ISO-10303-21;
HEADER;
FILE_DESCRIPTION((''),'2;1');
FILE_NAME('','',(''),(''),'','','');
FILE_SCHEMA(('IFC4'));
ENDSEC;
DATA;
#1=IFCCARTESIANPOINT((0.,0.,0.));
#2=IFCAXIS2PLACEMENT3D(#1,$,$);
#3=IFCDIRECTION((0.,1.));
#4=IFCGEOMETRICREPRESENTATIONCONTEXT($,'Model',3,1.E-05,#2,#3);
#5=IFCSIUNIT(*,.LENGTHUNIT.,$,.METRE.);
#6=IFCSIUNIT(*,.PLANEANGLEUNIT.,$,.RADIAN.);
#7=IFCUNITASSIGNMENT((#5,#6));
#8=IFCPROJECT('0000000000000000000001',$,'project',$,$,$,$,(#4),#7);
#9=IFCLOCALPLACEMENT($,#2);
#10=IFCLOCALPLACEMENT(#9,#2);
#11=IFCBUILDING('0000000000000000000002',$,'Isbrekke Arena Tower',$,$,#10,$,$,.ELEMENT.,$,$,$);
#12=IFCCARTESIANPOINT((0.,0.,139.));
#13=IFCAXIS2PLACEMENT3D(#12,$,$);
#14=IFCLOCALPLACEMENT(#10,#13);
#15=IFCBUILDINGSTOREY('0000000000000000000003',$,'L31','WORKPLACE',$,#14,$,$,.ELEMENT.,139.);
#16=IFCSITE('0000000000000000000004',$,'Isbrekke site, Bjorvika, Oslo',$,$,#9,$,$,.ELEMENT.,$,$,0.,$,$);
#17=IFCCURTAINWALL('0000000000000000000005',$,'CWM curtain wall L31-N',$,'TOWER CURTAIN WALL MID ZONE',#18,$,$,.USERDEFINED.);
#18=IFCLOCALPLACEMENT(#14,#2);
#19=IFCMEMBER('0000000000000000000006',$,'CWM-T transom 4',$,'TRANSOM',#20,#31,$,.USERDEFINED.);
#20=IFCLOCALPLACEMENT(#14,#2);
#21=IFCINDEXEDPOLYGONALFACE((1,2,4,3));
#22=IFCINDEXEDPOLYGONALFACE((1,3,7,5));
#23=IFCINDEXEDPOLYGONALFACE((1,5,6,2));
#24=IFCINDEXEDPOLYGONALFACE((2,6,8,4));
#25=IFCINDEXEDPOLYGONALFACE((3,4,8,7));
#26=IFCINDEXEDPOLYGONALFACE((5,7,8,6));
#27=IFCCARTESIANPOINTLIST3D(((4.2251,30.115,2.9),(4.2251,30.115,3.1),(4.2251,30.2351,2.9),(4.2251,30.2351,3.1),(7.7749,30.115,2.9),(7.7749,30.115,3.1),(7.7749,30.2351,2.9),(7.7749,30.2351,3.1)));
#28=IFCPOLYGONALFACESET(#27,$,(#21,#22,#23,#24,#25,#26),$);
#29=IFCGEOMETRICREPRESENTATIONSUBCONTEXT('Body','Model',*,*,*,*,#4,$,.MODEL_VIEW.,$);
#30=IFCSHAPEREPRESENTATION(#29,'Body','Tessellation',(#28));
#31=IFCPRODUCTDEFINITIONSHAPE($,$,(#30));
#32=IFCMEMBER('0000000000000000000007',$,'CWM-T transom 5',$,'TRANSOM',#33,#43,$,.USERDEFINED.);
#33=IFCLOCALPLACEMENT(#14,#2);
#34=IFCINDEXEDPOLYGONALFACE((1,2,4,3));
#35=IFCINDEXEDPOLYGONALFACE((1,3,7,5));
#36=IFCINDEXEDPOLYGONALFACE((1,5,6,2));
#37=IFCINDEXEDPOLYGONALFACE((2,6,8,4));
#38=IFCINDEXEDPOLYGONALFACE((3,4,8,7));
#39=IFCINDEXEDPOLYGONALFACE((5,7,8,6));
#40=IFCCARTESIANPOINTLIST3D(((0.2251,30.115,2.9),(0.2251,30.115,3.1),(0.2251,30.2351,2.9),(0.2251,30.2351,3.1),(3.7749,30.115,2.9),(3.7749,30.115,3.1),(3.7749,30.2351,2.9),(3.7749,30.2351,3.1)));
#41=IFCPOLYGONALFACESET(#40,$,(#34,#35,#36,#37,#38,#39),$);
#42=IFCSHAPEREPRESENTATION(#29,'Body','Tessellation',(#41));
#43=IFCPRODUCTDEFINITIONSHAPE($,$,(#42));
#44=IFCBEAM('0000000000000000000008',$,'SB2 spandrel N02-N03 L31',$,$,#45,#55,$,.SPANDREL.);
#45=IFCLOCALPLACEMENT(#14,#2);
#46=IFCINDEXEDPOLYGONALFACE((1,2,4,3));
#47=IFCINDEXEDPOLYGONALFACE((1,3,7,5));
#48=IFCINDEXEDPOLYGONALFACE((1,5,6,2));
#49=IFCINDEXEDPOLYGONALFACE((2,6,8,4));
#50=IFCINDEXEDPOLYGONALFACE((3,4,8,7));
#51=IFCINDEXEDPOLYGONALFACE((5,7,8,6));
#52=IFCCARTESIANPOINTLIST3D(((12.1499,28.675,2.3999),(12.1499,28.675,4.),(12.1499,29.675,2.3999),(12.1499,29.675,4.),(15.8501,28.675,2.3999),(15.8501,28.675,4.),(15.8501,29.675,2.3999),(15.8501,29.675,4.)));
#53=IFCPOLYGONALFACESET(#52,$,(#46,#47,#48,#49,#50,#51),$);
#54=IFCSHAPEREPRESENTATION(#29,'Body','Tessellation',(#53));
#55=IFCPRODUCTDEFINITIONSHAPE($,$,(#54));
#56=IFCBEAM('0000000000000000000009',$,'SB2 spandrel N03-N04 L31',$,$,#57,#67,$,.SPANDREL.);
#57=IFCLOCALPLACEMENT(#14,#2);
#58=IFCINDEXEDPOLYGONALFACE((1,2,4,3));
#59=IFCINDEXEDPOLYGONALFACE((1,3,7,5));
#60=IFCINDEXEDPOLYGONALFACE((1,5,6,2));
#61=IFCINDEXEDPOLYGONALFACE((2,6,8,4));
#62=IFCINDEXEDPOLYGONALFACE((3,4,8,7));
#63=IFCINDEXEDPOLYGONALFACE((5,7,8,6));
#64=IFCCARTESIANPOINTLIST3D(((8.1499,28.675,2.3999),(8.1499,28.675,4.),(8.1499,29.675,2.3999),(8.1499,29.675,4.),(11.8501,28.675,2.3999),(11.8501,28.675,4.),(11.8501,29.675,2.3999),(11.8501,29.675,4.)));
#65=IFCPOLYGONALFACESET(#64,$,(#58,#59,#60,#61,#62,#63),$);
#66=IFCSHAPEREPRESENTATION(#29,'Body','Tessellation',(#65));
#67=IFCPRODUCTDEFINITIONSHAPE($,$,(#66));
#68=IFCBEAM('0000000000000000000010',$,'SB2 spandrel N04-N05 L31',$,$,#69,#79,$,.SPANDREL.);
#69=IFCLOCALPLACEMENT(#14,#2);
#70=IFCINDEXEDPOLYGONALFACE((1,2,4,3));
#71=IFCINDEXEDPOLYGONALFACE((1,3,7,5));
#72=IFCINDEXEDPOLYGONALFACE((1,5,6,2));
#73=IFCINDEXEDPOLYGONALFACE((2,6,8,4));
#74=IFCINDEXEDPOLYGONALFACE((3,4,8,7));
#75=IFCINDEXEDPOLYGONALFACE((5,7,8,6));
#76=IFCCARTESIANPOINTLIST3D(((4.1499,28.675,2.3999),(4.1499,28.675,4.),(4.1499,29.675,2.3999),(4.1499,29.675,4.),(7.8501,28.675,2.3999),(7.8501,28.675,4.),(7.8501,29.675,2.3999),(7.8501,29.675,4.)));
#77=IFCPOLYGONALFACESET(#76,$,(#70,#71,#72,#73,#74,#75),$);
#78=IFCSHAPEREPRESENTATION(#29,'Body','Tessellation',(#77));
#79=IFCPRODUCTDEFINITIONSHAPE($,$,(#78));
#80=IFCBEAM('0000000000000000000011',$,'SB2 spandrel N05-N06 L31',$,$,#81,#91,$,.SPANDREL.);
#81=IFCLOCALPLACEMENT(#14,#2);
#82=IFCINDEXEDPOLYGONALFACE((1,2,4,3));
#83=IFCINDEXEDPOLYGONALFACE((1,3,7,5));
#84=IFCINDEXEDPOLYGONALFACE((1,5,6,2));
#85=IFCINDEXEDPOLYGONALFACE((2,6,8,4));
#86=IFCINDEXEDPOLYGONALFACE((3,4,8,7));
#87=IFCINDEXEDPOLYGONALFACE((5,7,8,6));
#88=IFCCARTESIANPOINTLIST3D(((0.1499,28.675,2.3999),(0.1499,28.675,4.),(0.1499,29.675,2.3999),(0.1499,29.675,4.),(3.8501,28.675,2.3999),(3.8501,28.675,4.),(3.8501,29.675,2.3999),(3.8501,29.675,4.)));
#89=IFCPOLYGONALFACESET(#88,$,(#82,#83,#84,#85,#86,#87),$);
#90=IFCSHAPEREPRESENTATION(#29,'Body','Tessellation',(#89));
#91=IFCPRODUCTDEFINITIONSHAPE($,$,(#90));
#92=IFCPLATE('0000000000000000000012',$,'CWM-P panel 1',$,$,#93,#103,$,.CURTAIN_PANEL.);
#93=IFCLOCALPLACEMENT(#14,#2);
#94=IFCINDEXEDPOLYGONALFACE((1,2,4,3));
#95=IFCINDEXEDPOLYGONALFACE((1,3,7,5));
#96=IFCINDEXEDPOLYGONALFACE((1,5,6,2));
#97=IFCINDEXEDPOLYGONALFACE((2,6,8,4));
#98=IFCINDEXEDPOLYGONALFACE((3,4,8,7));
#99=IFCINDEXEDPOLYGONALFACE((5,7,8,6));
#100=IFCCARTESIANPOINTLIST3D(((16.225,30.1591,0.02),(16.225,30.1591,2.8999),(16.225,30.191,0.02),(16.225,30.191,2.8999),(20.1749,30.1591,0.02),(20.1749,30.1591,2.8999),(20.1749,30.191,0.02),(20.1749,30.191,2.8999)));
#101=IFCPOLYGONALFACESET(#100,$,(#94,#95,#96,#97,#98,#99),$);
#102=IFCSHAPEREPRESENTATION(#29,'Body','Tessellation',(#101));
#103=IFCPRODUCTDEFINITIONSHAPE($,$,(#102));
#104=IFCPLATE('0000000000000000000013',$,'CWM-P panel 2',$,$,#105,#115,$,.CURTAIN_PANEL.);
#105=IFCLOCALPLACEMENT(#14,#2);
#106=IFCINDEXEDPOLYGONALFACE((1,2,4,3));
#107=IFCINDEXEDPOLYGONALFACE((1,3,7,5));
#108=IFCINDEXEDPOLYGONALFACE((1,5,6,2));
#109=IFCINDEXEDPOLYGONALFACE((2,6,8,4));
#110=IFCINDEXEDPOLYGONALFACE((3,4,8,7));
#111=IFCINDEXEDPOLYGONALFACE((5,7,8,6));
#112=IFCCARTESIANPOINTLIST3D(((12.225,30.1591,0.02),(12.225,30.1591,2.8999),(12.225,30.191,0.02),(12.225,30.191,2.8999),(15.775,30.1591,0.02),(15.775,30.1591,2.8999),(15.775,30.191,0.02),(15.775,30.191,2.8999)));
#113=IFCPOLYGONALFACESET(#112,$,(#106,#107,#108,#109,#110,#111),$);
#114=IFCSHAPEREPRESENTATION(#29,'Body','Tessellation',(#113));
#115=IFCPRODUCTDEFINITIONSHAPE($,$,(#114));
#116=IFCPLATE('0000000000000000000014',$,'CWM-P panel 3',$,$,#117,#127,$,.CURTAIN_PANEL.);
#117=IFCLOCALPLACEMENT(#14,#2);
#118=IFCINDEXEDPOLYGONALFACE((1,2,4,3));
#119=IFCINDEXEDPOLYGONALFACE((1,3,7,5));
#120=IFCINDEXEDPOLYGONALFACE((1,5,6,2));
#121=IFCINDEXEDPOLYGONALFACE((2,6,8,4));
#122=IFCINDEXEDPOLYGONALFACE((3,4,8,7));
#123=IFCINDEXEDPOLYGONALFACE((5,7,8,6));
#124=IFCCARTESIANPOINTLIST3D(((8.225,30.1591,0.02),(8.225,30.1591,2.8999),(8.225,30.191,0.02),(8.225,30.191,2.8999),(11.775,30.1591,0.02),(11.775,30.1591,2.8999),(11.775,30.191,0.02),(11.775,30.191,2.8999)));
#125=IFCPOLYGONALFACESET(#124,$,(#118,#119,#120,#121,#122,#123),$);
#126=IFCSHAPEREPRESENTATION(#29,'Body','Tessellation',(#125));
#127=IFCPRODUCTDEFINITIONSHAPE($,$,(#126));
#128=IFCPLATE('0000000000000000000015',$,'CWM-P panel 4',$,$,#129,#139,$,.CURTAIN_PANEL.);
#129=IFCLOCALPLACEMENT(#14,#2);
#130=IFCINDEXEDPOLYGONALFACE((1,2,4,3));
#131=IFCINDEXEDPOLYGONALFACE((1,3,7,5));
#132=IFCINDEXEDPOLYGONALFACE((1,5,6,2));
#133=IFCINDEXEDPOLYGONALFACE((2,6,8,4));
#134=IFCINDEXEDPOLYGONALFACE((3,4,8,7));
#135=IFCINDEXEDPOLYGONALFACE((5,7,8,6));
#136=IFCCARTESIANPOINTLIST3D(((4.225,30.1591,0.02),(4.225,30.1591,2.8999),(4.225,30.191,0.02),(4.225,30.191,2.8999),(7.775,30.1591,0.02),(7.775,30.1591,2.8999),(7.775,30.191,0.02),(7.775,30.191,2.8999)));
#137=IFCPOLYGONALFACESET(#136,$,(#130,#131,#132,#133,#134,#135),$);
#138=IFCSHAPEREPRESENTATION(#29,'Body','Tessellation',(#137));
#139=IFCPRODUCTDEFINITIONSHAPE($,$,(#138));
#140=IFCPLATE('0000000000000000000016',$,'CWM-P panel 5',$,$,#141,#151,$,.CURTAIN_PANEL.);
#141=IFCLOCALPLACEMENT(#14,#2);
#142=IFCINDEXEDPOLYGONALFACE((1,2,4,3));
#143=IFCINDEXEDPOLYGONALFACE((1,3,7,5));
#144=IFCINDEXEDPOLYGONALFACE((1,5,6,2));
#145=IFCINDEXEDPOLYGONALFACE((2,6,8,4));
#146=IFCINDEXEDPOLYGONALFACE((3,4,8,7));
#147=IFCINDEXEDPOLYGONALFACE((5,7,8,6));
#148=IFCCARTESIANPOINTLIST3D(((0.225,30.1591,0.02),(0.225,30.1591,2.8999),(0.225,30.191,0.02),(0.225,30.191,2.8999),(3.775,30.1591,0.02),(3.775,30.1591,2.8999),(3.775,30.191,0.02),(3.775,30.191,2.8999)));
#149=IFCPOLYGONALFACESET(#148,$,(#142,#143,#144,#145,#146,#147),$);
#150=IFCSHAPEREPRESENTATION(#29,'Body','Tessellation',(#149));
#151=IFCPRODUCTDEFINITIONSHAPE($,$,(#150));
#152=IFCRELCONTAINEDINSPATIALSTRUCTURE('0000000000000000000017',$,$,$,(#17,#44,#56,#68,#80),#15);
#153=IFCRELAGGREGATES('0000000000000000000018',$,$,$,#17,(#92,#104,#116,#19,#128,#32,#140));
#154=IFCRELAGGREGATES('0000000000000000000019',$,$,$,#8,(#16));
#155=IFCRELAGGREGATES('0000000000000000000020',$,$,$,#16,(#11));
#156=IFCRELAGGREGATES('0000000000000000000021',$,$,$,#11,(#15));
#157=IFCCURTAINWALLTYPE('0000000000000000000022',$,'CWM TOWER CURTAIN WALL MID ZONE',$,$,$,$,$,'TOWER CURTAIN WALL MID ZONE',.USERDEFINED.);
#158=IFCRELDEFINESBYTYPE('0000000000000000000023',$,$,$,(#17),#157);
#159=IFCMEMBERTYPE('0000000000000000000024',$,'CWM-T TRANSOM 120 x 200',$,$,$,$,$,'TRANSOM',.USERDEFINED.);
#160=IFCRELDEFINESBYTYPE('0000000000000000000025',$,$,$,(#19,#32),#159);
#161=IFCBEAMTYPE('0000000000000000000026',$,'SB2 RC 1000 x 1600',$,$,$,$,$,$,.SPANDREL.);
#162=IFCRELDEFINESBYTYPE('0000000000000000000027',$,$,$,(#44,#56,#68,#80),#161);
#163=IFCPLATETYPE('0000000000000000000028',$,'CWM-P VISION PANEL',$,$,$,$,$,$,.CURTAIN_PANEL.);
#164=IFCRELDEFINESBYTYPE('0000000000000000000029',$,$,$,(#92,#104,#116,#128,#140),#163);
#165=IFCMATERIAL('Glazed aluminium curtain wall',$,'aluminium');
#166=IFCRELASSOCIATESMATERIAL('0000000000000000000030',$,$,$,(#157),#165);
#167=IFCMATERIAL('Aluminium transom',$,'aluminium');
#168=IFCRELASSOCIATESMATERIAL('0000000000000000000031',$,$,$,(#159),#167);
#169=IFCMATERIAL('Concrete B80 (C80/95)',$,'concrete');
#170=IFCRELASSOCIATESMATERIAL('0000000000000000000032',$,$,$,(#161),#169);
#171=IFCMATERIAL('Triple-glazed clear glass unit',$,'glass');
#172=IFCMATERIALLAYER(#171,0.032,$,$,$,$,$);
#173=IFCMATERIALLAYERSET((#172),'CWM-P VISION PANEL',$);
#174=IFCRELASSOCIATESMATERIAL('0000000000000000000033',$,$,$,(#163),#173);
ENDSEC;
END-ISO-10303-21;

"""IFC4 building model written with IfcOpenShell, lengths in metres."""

from ifc_helpers import new_model, si_unit, direction, frame, origin, origin_2d, place, context, subcontext, project, spatial, rectangle, extrude, material, layer, layer_set, material_profile, profile_set, type_object, element, aggregate, save


model = new_model("IFC4")

# Units and contexts
model_context = context("Model", 3, precision=1e-05, world=origin(), true_north=direction((0.0, 1.0)))
body_context = subcontext(model_context, "Body", "Model", "MODEL_VIEW")
ifc_project = project(units=[si_unit("LENGTHUNIT", "METRE"), si_unit("PLANEANGLEUNIT", "RADIAN")], contexts=[model_context])

# Site, building, storey
site_placement = place(None, origin())
site = spatial("IfcSite", under=ifc_project, at=site_placement, Name="Isbrekke site, Bjorvika, Oslo", CompositionType="ELEMENT", RefElevation=0.0)
building_placement = place(site_placement, origin())
building = spatial("IfcBuilding", under=site, at=building_placement, Name="Isbrekke Arena Tower", CompositionType="ELEMENT")
storey_placement = place(building_placement, frame((0.0, 0.0, 139.0)))
storey = spatial("IfcBuildingStorey", under=building, at=storey_placement, Name="L31", Description="WORKPLACE", CompositionType="ELEMENT", Elevation=139.0)

# Curtain wall, members
ifc_material_1 = material(Name="Glazed aluminium curtain wall", Category="aluminium")
curtain_wall_type = type_object("IfcCurtainWallType", Name="CWM TOWER CURTAIN WALL MID ZONE", ElementType="TOWER CURTAIN WALL MID ZONE", PredefinedType="USERDEFINED", material=ifc_material_1)
curtain_wall_placement = place(storey_placement, origin())
curtain_wall = element("IfcCurtainWall", 1, at=curtain_wall_placement, inside=storey, type_object=curtain_wall_type, Name="CWM curtain wall L31-N", ObjectType="TOWER CURTAIN WALL MID ZONE", PredefinedType="USERDEFINED")
ifc_material_2 = material(Name="Aluminium transom", Category="aluminium")
ifc_material_profile_1 = material_profile(ifc_material_2, rectangle(XDim=0.1201, YDim=0.2, at=origin_2d()), Name="TRANSOM 120X200")
ifc_profile_set_1 = profile_set([ifc_material_profile_1], Name="Aluminium transom")
member_type_1 = type_object("IfcMemberType", Name="CWM-T TRANSOM 120 x 200", ElementType="TRANSOM", PredefinedType="USERDEFINED", material=ifc_profile_set_1)
member_1_placement = place(storey_placement, frame((7.7749, 30.175, 3.0), z_axis=(-1.0, 0.0, 0.0), x_axis=(0.0, -1.0, 0.0)))
member_1 = element("IfcMember", 2, at=member_1_placement, type_object=member_type_1, Name="CWM-T transom 4", ObjectType="TRANSOM", PredefinedType="USERDEFINED", context=body_context, shape_type="SweptSolid", body=[
    extrude(rectangle(XDim=0.1201, YDim=0.2, at=origin_2d()), origin(), (0.0, 0.0, 1.0), 3.5498),
])
member_2_placement = place(storey_placement, frame((3.7749, 30.175, 3.0), z_axis=(-1.0, 0.0, 0.0), x_axis=(0.0, -1.0, 0.0)))
member_2 = element("IfcMember", 3, at=member_2_placement, type_object=member_type_1, Name="CWM-T transom 5", ObjectType="TRANSOM", PredefinedType="USERDEFINED", context=body_context, shape_type="SweptSolid", body=[
    extrude(rectangle(XDim=0.1201, YDim=0.2, at=origin_2d()), origin(), (0.0, 0.0, 1.0), 3.5498),
])

# Beams
ifc_material_3 = material(Name="Concrete B80 (C80/95)", Category="concrete")
ifc_material_profile_2 = material_profile(ifc_material_3, rectangle(XDim=1.0, YDim=1.6001, at=origin_2d()), Name="RC 1000x1600")
ifc_profile_set_2 = profile_set([ifc_material_profile_2], Name="Concrete B80 (C80/95)")
beam_type_1 = type_object("IfcBeamType", Name="SB2 RC 1000 x 1600", PredefinedType="SPANDREL", material=ifc_profile_set_2)
for number, where, z_axis, x_axis, name in (
    (4, (15.8501, 29.175, 3.2), (-1.0, 0.0, 0.0), (0.0, -1.0, 0.0), "SB2 spandrel N02-N03 L31"),
    (5, (11.8501, 29.175, 3.2), (-1.0, 0.0, 0.0), (0.0, -1.0, 0.0), "SB2 spandrel N03-N04 L31"),
    (6, (7.8501, 29.175, 3.2), (-1.0, 0.0, 0.0), (0.0, -1.0, 0.0), "SB2 spandrel N04-N05 L31"),
    (7, (3.8501, 29.175, 3.2), (-1.0, 0.0, 0.0), (0.0, -1.0, 0.0), "SB2 spandrel N05-N06 L31"),
):
    element("IfcBeam", number, at=place(storey_placement, frame(where, z_axis=z_axis, x_axis=x_axis)), inside=storey, type_object=beam_type_1, Name=name, PredefinedType="SPANDREL", context=body_context, shape_type="SweptSolid", body=[
        extrude(rectangle(XDim=1.0, YDim=1.6001, at=origin_2d()), origin(), (0.0, 0.0, 1.0), 3.7002),
    ])

# Plates
ifc_material_4 = material(Name="Triple-glazed clear glass unit", Category="glass")
ifc_layer = layer(ifc_material_4, 0.032)
ifc_layer_set = layer_set([ifc_layer], Name="CWM-P VISION PANEL")
plate_type = type_object("IfcPlateType", Name="CWM-P VISION PANEL", PredefinedType="CURTAIN_PANEL", material=ifc_layer_set)
plate_1_placement = place(storey_placement, frame((18.2, 30.175, 0.02), z_axis=(0.0, 0.0, 1.0), x_axis=(-1.0, 0.0, 0.0)))
plate_1 = element("IfcPlate", 8, at=plate_1_placement, type_object=plate_type, Name="CWM-P panel 1", PredefinedType="CURTAIN_PANEL", context=body_context, shape_type="SweptSolid", body=[
    extrude(rectangle(XDim=3.95, YDim=0.032, at=origin_2d()), origin(), (0.0, 0.0, 1.0), 2.8799),
])
plate_2_placement = place(storey_placement, frame((14.0, 30.175, 0.02), z_axis=(0.0, 0.0, 1.0), x_axis=(-1.0, 0.0, 0.0)))
plate_2 = element("IfcPlate", 9, at=plate_2_placement, type_object=plate_type, Name="CWM-P panel 2", PredefinedType="CURTAIN_PANEL", context=body_context, shape_type="SweptSolid", body=[
    extrude(rectangle(XDim=3.55, YDim=0.032, at=origin_2d()), origin(), (0.0, 0.0, 1.0), 2.8799),
])
plate_3_placement = place(storey_placement, frame((10.0, 30.175, 0.02), z_axis=(0.0, 0.0, 1.0), x_axis=(-1.0, 0.0, 0.0)))
plate_3 = element("IfcPlate", 10, at=plate_3_placement, type_object=plate_type, Name="CWM-P panel 3", PredefinedType="CURTAIN_PANEL", context=body_context, shape_type="SweptSolid", body=[
    extrude(rectangle(XDim=3.55, YDim=0.032, at=origin_2d()), origin(), (0.0, 0.0, 1.0), 2.8799),
])
plate_4_placement = place(storey_placement, frame((6.0, 30.175, 0.02), z_axis=(0.0, 0.0, 1.0), x_axis=(-1.0, 0.0, 0.0)))
plate_4 = element("IfcPlate", 11, at=plate_4_placement, type_object=plate_type, Name="CWM-P panel 4", PredefinedType="CURTAIN_PANEL", context=body_context, shape_type="SweptSolid", body=[
    extrude(rectangle(XDim=3.55, YDim=0.032, at=origin_2d()), origin(), (0.0, 0.0, 1.0), 2.8799),
])
plate_5_placement = place(storey_placement, frame((2.0, 30.175, 0.02), z_axis=(0.0, 0.0, 1.0), x_axis=(-1.0, 0.0, 0.0)))
plate_5 = element("IfcPlate", 12, at=plate_5_placement, type_object=plate_type, Name="CWM-P panel 5", PredefinedType="CURTAIN_PANEL", context=body_context, shape_type="SweptSolid", body=[
    extrude(rectangle(XDim=3.55, YDim=0.032, at=origin_2d()), origin(), (0.0, 0.0, 1.0), 2.8799),
])
aggregate(curtain_wall, [plate_1, plate_2, plate_3, member_1, plate_4, member_2, plate_5])

save(model, "model.ifc")
